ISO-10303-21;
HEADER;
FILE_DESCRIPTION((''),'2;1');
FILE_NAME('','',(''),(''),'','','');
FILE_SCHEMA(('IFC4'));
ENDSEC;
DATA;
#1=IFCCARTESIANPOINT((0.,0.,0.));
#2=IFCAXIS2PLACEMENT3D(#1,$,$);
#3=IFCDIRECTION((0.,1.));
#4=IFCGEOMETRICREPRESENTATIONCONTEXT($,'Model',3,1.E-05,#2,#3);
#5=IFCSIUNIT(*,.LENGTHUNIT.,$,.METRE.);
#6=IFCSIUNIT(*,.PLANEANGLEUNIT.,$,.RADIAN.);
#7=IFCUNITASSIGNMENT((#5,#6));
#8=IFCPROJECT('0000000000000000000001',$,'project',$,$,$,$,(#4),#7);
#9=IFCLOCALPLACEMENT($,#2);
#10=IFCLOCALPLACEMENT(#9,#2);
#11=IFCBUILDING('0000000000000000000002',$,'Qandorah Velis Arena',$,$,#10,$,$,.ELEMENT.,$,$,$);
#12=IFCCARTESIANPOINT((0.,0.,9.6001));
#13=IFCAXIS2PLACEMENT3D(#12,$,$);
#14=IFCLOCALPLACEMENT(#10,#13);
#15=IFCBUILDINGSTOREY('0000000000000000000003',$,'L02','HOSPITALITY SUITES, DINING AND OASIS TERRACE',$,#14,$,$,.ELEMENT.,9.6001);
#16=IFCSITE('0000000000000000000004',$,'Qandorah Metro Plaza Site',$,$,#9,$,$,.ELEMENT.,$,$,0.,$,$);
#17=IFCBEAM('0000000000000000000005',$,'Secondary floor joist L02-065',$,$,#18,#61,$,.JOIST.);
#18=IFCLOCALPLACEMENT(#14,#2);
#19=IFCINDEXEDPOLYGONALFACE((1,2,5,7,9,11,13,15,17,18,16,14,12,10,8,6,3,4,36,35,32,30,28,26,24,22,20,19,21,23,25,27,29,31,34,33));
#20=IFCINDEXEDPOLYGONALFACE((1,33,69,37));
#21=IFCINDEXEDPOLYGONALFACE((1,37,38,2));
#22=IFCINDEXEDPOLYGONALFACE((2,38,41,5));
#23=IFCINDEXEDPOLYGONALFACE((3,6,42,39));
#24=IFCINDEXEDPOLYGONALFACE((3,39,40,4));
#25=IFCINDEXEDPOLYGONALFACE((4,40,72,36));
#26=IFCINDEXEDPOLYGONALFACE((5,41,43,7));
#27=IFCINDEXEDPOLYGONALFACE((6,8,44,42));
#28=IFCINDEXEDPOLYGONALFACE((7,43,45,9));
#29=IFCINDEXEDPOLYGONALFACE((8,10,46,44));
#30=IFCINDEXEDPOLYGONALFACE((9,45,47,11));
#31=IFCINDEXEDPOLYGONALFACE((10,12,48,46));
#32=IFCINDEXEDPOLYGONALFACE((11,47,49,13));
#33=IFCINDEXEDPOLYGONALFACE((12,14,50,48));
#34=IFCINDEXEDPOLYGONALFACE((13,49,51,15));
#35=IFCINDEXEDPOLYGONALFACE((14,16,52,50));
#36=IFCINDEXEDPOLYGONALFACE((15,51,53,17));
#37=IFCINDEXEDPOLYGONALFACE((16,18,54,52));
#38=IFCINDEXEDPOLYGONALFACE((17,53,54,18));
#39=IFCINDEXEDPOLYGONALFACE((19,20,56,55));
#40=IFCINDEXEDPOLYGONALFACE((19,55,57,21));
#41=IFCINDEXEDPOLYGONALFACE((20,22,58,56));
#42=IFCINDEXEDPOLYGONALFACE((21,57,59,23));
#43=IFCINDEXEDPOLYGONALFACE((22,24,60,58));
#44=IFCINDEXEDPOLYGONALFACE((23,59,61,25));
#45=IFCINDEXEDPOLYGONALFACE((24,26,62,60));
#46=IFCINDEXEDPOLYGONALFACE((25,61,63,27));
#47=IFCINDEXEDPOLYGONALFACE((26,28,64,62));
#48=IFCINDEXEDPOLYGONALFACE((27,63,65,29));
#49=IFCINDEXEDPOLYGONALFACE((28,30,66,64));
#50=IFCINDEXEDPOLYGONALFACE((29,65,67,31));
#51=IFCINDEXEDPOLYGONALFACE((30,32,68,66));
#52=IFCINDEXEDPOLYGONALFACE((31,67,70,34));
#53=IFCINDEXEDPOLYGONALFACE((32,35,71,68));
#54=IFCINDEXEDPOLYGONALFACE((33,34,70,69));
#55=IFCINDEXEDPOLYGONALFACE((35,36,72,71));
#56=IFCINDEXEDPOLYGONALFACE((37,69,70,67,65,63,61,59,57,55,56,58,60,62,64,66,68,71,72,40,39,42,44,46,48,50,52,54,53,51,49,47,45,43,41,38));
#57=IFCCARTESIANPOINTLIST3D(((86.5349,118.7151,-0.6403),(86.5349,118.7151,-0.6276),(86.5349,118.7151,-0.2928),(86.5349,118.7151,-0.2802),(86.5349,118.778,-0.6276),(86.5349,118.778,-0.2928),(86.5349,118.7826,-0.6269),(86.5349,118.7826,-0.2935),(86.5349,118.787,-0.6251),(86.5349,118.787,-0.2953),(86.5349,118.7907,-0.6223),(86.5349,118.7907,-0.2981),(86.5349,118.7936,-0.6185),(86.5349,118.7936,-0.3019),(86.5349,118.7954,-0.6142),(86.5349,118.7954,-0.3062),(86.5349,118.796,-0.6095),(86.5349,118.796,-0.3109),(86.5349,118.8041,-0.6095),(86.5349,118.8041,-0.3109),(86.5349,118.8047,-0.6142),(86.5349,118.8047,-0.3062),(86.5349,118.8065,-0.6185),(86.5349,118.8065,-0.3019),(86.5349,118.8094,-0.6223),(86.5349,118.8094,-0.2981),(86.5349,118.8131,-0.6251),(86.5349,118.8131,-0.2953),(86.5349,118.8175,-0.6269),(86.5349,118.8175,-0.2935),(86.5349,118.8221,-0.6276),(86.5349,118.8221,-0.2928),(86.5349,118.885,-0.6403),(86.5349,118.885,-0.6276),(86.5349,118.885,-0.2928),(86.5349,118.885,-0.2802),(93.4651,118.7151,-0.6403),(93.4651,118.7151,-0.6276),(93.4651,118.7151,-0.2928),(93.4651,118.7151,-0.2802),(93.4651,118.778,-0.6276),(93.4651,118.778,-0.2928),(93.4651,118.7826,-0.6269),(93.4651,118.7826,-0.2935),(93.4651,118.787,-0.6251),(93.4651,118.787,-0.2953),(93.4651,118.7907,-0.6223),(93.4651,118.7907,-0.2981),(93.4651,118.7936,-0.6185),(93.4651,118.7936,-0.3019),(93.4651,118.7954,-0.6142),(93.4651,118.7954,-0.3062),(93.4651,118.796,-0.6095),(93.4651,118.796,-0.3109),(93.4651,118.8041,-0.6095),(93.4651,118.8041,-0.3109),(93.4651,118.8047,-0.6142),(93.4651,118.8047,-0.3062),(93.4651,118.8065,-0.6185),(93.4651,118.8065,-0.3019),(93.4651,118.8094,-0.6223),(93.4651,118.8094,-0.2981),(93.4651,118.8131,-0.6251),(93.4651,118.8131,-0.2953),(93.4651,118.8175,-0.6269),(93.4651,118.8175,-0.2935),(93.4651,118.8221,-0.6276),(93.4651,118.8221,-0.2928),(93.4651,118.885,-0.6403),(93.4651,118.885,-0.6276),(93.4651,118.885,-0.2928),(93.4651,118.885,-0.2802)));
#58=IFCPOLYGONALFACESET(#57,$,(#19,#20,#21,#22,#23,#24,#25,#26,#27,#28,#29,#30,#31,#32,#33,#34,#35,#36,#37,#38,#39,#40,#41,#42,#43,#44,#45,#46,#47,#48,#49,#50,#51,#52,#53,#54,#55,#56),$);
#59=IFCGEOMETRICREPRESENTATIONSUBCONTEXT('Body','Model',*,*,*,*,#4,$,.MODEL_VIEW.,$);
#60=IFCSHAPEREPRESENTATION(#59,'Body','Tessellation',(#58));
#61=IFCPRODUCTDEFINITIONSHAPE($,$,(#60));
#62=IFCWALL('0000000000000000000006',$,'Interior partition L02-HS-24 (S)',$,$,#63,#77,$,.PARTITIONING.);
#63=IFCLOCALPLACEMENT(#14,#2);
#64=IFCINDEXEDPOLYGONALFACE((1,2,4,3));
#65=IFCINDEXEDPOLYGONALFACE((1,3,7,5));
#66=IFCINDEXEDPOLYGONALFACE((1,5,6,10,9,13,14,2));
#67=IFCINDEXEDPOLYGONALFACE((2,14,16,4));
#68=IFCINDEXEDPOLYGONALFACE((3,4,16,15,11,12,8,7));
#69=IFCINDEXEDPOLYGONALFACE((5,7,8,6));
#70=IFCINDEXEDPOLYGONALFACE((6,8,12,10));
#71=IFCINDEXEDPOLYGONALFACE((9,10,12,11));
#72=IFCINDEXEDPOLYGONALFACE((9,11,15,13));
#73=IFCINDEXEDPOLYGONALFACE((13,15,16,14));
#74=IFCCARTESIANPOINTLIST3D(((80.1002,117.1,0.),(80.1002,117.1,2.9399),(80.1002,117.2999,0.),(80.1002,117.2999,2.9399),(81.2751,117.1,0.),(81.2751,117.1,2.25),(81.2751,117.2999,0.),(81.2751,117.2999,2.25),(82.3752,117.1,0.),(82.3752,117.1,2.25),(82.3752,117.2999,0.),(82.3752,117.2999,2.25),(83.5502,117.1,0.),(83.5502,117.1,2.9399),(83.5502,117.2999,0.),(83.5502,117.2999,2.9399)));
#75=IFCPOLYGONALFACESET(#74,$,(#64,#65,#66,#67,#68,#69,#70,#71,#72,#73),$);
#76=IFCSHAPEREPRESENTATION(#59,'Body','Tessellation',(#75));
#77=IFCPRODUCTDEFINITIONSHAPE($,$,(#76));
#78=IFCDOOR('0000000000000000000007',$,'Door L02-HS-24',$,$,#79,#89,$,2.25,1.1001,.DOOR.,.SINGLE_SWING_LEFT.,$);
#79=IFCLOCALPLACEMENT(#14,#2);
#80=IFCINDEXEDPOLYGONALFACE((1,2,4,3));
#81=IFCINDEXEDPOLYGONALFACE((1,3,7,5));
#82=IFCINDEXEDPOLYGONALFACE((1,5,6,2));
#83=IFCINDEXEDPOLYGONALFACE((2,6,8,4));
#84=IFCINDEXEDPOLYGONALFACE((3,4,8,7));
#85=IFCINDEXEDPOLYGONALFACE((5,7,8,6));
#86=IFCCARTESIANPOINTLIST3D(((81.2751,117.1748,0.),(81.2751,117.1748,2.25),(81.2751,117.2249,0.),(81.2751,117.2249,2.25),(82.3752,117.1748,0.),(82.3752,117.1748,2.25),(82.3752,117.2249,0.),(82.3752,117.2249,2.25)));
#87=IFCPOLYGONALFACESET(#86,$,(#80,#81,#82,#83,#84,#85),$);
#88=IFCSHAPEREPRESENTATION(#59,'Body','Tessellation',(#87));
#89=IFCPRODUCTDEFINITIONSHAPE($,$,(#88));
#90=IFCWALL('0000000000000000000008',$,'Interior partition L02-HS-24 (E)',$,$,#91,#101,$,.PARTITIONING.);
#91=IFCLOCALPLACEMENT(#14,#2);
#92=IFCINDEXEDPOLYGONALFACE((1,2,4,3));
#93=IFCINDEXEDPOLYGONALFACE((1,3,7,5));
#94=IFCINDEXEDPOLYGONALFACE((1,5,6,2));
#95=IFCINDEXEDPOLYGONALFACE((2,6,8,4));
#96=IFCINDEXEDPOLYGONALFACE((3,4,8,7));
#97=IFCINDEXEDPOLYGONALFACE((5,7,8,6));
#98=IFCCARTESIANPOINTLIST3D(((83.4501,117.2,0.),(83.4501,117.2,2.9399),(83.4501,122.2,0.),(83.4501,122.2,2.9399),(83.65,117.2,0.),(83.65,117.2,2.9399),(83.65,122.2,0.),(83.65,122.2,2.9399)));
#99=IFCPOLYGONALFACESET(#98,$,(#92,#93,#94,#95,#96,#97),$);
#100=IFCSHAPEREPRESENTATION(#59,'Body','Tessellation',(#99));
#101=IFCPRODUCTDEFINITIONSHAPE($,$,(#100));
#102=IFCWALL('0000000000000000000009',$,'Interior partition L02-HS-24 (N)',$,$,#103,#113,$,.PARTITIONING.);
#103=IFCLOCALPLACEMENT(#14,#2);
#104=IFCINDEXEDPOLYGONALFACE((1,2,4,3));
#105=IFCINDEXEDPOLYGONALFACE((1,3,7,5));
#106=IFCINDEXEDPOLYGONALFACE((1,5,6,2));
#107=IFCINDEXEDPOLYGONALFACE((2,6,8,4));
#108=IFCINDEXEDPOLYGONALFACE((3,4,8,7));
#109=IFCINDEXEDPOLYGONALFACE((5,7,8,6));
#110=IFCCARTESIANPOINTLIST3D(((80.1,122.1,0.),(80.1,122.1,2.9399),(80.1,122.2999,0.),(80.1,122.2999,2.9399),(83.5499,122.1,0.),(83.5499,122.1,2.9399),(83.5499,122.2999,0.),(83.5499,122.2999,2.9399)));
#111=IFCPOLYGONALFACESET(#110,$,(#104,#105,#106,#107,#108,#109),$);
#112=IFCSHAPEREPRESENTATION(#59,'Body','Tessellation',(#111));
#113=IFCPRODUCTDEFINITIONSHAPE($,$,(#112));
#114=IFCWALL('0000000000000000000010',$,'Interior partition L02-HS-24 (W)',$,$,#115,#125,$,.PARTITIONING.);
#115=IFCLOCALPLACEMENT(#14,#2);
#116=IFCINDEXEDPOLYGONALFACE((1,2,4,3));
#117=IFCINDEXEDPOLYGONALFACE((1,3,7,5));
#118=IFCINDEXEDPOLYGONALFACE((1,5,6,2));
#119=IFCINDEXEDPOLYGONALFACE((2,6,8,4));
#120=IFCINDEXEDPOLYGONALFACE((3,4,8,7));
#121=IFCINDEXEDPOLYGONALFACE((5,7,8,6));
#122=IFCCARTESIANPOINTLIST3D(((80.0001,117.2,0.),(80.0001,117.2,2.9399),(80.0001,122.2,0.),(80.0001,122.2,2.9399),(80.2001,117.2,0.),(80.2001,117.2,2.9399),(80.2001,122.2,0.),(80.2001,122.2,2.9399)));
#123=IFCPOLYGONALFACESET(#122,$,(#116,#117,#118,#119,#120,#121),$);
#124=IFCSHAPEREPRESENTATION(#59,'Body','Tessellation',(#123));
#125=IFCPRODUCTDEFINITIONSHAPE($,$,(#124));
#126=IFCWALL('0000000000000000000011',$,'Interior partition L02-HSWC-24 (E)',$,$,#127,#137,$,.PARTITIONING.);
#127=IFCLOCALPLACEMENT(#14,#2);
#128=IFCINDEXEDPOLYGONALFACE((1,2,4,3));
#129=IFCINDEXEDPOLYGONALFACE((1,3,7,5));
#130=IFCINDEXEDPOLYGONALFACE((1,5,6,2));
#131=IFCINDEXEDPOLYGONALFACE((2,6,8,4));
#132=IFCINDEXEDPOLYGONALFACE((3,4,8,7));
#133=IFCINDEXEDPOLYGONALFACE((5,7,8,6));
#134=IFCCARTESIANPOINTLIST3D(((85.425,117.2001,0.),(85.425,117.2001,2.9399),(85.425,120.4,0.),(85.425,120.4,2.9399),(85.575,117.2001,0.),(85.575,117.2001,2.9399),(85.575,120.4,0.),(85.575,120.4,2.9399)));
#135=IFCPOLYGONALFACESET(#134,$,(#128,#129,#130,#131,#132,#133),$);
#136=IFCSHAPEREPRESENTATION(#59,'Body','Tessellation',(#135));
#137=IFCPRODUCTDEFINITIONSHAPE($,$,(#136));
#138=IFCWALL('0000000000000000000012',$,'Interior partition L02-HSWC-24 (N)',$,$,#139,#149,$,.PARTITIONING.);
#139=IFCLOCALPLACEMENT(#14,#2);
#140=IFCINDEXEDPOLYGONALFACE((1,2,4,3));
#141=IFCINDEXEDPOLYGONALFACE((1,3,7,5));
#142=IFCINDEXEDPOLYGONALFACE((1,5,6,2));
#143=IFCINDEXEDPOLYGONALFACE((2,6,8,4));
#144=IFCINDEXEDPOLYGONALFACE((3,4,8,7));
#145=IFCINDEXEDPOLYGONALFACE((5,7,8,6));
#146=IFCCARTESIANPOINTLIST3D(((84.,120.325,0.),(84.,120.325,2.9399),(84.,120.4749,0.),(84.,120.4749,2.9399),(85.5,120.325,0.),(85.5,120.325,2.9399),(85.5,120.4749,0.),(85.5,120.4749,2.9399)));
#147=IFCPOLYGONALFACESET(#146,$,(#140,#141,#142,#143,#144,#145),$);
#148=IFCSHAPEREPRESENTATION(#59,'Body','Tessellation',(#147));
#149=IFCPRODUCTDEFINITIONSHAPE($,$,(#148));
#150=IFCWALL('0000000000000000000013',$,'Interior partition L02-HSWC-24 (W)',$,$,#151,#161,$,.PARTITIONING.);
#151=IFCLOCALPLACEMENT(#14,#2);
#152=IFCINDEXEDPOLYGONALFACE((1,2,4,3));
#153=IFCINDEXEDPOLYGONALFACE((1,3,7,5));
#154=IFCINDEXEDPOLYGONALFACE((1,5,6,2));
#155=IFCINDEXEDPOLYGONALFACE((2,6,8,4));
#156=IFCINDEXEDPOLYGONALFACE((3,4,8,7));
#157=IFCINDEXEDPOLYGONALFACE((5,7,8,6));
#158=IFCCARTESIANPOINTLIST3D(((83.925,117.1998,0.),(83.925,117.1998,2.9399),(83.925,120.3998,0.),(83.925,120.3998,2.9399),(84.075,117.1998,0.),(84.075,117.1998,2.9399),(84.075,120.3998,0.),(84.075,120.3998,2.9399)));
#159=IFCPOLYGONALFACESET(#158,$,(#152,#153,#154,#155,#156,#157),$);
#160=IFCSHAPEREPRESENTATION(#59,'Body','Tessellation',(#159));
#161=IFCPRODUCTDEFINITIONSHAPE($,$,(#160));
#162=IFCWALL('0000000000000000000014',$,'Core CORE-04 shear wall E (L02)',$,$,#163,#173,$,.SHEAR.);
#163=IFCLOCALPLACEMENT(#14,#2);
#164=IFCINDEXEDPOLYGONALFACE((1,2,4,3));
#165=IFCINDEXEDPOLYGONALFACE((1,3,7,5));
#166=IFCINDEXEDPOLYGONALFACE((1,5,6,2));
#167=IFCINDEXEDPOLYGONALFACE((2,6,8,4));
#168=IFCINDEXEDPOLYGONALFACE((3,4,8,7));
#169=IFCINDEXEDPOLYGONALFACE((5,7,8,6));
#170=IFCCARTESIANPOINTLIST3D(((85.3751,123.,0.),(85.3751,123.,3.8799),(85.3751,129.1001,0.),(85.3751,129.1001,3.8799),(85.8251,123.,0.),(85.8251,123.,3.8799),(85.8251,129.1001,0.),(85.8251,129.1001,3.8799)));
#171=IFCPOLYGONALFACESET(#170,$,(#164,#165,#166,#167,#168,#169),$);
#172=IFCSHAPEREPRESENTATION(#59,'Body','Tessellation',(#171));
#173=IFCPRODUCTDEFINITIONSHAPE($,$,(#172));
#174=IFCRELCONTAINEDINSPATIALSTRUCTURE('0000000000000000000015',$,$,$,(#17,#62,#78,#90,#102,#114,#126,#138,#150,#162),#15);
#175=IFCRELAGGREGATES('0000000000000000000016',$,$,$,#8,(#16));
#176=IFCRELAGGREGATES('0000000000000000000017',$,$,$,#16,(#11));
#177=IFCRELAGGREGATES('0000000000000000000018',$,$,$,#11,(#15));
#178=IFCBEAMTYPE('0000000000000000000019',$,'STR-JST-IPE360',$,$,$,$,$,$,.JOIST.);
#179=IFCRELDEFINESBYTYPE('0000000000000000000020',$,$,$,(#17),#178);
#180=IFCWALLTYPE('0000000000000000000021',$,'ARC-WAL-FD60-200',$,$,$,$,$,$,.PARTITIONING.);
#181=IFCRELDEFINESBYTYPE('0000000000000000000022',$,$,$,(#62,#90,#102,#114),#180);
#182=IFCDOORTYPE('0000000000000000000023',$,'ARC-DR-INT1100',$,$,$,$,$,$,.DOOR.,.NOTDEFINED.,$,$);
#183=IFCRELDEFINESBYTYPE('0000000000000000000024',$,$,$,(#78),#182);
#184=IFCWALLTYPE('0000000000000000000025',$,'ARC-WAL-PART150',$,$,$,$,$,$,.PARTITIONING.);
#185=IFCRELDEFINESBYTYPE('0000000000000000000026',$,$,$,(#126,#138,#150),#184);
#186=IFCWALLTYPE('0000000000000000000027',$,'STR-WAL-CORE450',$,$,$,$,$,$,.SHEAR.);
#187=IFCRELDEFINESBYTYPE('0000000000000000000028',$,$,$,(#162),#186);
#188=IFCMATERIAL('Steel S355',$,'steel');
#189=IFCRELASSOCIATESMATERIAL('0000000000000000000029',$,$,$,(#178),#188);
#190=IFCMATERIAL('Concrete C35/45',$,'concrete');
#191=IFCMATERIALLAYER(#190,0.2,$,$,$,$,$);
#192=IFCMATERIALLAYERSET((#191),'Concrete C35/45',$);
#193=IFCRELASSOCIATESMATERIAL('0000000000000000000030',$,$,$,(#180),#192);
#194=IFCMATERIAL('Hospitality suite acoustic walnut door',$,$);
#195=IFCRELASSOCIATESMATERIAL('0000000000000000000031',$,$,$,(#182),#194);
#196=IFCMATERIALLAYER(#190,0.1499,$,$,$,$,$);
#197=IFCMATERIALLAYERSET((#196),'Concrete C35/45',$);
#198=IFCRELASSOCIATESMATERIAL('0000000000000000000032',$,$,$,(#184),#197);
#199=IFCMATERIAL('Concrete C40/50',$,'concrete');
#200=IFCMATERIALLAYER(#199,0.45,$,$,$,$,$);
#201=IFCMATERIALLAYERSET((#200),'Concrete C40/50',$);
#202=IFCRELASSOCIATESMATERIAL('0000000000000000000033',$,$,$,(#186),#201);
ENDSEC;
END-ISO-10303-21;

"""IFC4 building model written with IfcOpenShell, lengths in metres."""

from ifc_helpers import new_model, si_unit, direction, frame, frame_2d, origin, origin_2d, place, context, subcontext, project, spatial, rectangle, i_section, extrude, material, layer, layer_set, material_profile, profile_set, type_object, element, fill, save


model = new_model("IFC4")

# Units and contexts
model_context = context("Model", 3, precision=1e-05, world=origin(), true_north=direction((0.0, 1.0)))
body_context = subcontext(model_context, "Body", "Model", "MODEL_VIEW")
ifc_project = project(units=[si_unit("LENGTHUNIT", "METRE"), si_unit("PLANEANGLEUNIT", "RADIAN")], contexts=[model_context])

# Site, building, storey
site_placement = place(None, origin())
site = spatial("IfcSite", under=ifc_project, at=site_placement, Name="Qandorah Metro Plaza Site", CompositionType="ELEMENT", RefElevation=0.0)
building_placement = place(site_placement, origin())
building = spatial("IfcBuilding", under=site, at=building_placement, Name="Qandorah Velis Arena", CompositionType="ELEMENT")
storey_placement = place(building_placement, frame((0.0, 0.0, 9.6001)))
storey = spatial("IfcBuildingStorey", under=building, at=storey_placement, Name="L02", Description="HOSPITALITY SUITES, DINING AND OASIS TERRACE", CompositionType="ELEMENT", Elevation=9.6001)

# Shared definitions
ifc_material_1 = material(Name="Concrete C40/50", Category="concrete")
ifc_material_2 = material(Name="Steel S355", Category="steel")

# Beam
ifc_material_profile_1 = material_profile(ifc_material_2, i_section(OverallWidth=0.1699, OverallDepth=0.3601, WebThickness=0.0081, FlangeThickness=0.0127, FilletRadius=0.0181, at=origin_2d()), Name="IPE 360")
ifc_profile_set_1 = profile_set([ifc_material_profile_1], Name="Steel S355")
beam_type_1 = type_object("IfcBeamType", Name="STR-JST-IPE360", PredefinedType="JOIST", material=ifc_profile_set_1)
beam_1_placement = place(storey_placement, frame((86.5349, 118.8, -0.4602), z_axis=(1.0, 0.0, 0.0), x_axis=(0.0, 1.0, 0.0)))
element("IfcBeam", 1, at=beam_1_placement, inside=storey, type_object=beam_type_1, Name="Secondary floor joist L02-065", PredefinedType="JOIST", context=body_context, shape_type="SweptSolid", body=[
    extrude(i_section(OverallWidth=0.1699, OverallDepth=0.3601, WebThickness=0.0081, FlangeThickness=0.0127, FilletRadius=0.0181, at=origin_2d()), origin(), (0.0, 0.0, 1.0), 6.9302),
])

# Wall, opening, door
ifc_material_3 = material(Name="Concrete C35/45", Category="concrete")
ifc_layer_1 = layer(ifc_material_3, 0.2)
ifc_layer_set_1 = layer_set([ifc_layer_1], Name="Concrete C35/45")
wall_type_1 = type_object("IfcWallType", Name="ARC-WAL-FD60-200", PredefinedType="PARTITIONING", material=ifc_layer_set_1)
wall_1_placement = place(storey_placement, frame((80.1001, 117.2, 0.0), z_axis=(0.0, 0.0, 1.0), x_axis=(1.0, 0.0, 0.0)))
wall_1 = element("IfcWall", 2, at=wall_1_placement, inside=storey, type_object=wall_type_1, Name="Interior partition L02-HS-24 (S)", PredefinedType="PARTITIONING", context=body_context, shape_type="SweptSolid", body=[
    extrude(rectangle(XDim=3.45, YDim=0.2, at=frame_2d((1.7251, 0.0))), origin(), (0.0, 0.0, 1.0), 2.9399),
])
opening_1_placement = place(wall_1_placement, frame((1.175, 0.0, 0.0)))
opening_1 = element("IfcOpeningElement", 3, at=opening_1_placement, cuts=wall_1, PredefinedType="OPENING", context=body_context, shape_type="SweptSolid", body=[
    extrude(rectangle(XDim=1.1001, YDim=2.25, at=frame_2d((0.55, 1.125))), frame((0.0, 0.1099, 0.0), z_axis=(0.0, -1.0, 0.0), x_axis=(1.0, 0.0, 0.0)), (0.0, 0.0, 1.0), 0.22),
])
ifc_material_4 = material(Name="Hospitality suite acoustic walnut door")
door_type_1 = type_object("IfcDoorType", Name="ARC-DR-INT1100", OperationType="NOTDEFINED", PredefinedType="DOOR", material=ifc_material_4)
door_1_placement = place(opening_1_placement, origin())
door_1 = element("IfcDoor", 4, at=door_1_placement, inside=storey, type_object=door_type_1, Name="Door L02-HS-24", OperationType="SINGLE_SWING_LEFT", OverallHeight=2.25, OverallWidth=1.1001, PredefinedType="DOOR", context=body_context, shape_type="SweptSolid", body=[
    extrude(rectangle(XDim=1.1001, YDim=2.25, at=frame_2d((0.55, 1.125))), frame((0.0, 0.0249, 0.0), z_axis=(0.0, -1.0, 0.0), x_axis=(1.0, 0.0, 0.0)), (0.0, 0.0, 1.0), 0.05),
])
fill(opening_1, door_1)

# Walls
wall_2_placement = place(storey_placement, frame((83.55, 117.2, 0.0), z_axis=(0.0, 0.0, 1.0), x_axis=(0.0, 1.0, 0.0)))
element("IfcWall", 5, at=wall_2_placement, inside=storey, type_object=wall_type_1, Name="Interior partition L02-HS-24 (E)", PredefinedType="PARTITIONING", context=body_context, shape_type="SweptSolid", body=[
    extrude(rectangle(XDim=5.0, YDim=0.2, at=frame_2d((2.5, 0.0))), origin(), (0.0, 0.0, 1.0), 2.9399),
])
wall_3_placement = place(storey_placement, frame((83.55, 122.2, 0.0), z_axis=(0.0, 0.0, 1.0), x_axis=(-1.0, 0.0, 0.0)))
element("IfcWall", 6, at=wall_3_placement, inside=storey, type_object=wall_type_1, Name="Interior partition L02-HS-24 (N)", PredefinedType="PARTITIONING", context=body_context, shape_type="SweptSolid", body=[
    extrude(rectangle(XDim=3.45, YDim=0.2, at=frame_2d((1.7251, 0.0))), origin(), (0.0, 0.0, 1.0), 2.9399),
])
wall_4_placement = place(storey_placement, frame((80.1001, 122.2, 0.0), z_axis=(0.0, 0.0, 1.0), x_axis=(0.0, -1.0, 0.0)))
element("IfcWall", 7, at=wall_4_placement, inside=storey, type_object=wall_type_1, Name="Interior partition L02-HS-24 (W)", PredefinedType="PARTITIONING", context=body_context, shape_type="SweptSolid", body=[
    extrude(rectangle(XDim=5.0, YDim=0.2, at=frame_2d((2.5, 0.0))), origin(), (0.0, 0.0, 1.0), 2.9399),
])

# Shared definitions
ifc_layer_2 = layer(ifc_material_3, 0.1499)
ifc_layer_set_2 = layer_set([ifc_layer_2], Name="Concrete C35/45")
wall_type_2 = type_object("IfcWallType", Name="ARC-WAL-PART150", PredefinedType="PARTITIONING", material=ifc_layer_set_2)

# Walls
wall_5_placement = place(storey_placement, frame((85.5, 117.2, 0.0), z_axis=(0.0, 0.0, 1.0), x_axis=(0.0, 1.0, 0.0)))
element("IfcWall", 8, at=wall_5_placement, inside=storey, type_object=wall_type_2, Name="Interior partition L02-HSWC-24 (E)", PredefinedType="PARTITIONING", context=body_context, shape_type="SweptSolid", body=[
    extrude(rectangle(XDim=3.2, YDim=0.1499, at=frame_2d((1.6001, 0.0))), origin(), (0.0, 0.0, 1.0), 2.9399),
])
wall_6_placement = place(storey_placement, frame((85.5, 120.3999, 0.0), z_axis=(0.0, 0.0, 1.0), x_axis=(-1.0, 0.0, 0.0)))
element("IfcWall", 9, at=wall_6_placement, inside=storey, type_object=wall_type_2, Name="Interior partition L02-HSWC-24 (N)", PredefinedType="PARTITIONING", context=body_context, shape_type="SweptSolid", body=[
    extrude(rectangle(XDim=1.5, YDim=0.1499, at=frame_2d((0.75, 0.0))), origin(), (0.0, 0.0, 1.0), 2.9399),
])
wall_7_placement = place(storey_placement, frame((84.0, 120.3999, 0.0), z_axis=(0.0, 0.0, 1.0), x_axis=(0.0, -1.0, 0.0)))
element("IfcWall", 10, at=wall_7_placement, inside=storey, type_object=wall_type_2, Name="Interior partition L02-HSWC-24 (W)", PredefinedType="PARTITIONING", context=body_context, shape_type="SweptSolid", body=[
    extrude(rectangle(XDim=3.2, YDim=0.1499, at=frame_2d((1.6001, 0.0))), origin(), (0.0, 0.0, 1.0), 2.9399),
])
ifc_layer_3 = layer(ifc_material_1, 0.45)
ifc_layer_set_3 = layer_set([ifc_layer_3], Name="Concrete C40/50")
wall_type_3 = type_object("IfcWallType", Name="STR-WAL-CORE450", PredefinedType="SHEAR", material=ifc_layer_set_3)
wall_8_placement = place(storey_placement, frame((85.6001, 123.0, 0.0), z_axis=(0.0, 0.0, 1.0), x_axis=(0.0, 1.0, 0.0)))
element("IfcWall", 11, at=wall_8_placement, inside=storey, type_object=wall_type_3, Name="Core CORE-04 shear wall E (L02)", PredefinedType="SHEAR", context=body_context, shape_type="SweptSolid", body=[
    extrude(rectangle(XDim=6.1001, YDim=0.45, at=frame_2d((3.05, 0.0))), origin(), (0.0, 0.0, 1.0), 3.8799),
])

save(model, "model.ifc")
